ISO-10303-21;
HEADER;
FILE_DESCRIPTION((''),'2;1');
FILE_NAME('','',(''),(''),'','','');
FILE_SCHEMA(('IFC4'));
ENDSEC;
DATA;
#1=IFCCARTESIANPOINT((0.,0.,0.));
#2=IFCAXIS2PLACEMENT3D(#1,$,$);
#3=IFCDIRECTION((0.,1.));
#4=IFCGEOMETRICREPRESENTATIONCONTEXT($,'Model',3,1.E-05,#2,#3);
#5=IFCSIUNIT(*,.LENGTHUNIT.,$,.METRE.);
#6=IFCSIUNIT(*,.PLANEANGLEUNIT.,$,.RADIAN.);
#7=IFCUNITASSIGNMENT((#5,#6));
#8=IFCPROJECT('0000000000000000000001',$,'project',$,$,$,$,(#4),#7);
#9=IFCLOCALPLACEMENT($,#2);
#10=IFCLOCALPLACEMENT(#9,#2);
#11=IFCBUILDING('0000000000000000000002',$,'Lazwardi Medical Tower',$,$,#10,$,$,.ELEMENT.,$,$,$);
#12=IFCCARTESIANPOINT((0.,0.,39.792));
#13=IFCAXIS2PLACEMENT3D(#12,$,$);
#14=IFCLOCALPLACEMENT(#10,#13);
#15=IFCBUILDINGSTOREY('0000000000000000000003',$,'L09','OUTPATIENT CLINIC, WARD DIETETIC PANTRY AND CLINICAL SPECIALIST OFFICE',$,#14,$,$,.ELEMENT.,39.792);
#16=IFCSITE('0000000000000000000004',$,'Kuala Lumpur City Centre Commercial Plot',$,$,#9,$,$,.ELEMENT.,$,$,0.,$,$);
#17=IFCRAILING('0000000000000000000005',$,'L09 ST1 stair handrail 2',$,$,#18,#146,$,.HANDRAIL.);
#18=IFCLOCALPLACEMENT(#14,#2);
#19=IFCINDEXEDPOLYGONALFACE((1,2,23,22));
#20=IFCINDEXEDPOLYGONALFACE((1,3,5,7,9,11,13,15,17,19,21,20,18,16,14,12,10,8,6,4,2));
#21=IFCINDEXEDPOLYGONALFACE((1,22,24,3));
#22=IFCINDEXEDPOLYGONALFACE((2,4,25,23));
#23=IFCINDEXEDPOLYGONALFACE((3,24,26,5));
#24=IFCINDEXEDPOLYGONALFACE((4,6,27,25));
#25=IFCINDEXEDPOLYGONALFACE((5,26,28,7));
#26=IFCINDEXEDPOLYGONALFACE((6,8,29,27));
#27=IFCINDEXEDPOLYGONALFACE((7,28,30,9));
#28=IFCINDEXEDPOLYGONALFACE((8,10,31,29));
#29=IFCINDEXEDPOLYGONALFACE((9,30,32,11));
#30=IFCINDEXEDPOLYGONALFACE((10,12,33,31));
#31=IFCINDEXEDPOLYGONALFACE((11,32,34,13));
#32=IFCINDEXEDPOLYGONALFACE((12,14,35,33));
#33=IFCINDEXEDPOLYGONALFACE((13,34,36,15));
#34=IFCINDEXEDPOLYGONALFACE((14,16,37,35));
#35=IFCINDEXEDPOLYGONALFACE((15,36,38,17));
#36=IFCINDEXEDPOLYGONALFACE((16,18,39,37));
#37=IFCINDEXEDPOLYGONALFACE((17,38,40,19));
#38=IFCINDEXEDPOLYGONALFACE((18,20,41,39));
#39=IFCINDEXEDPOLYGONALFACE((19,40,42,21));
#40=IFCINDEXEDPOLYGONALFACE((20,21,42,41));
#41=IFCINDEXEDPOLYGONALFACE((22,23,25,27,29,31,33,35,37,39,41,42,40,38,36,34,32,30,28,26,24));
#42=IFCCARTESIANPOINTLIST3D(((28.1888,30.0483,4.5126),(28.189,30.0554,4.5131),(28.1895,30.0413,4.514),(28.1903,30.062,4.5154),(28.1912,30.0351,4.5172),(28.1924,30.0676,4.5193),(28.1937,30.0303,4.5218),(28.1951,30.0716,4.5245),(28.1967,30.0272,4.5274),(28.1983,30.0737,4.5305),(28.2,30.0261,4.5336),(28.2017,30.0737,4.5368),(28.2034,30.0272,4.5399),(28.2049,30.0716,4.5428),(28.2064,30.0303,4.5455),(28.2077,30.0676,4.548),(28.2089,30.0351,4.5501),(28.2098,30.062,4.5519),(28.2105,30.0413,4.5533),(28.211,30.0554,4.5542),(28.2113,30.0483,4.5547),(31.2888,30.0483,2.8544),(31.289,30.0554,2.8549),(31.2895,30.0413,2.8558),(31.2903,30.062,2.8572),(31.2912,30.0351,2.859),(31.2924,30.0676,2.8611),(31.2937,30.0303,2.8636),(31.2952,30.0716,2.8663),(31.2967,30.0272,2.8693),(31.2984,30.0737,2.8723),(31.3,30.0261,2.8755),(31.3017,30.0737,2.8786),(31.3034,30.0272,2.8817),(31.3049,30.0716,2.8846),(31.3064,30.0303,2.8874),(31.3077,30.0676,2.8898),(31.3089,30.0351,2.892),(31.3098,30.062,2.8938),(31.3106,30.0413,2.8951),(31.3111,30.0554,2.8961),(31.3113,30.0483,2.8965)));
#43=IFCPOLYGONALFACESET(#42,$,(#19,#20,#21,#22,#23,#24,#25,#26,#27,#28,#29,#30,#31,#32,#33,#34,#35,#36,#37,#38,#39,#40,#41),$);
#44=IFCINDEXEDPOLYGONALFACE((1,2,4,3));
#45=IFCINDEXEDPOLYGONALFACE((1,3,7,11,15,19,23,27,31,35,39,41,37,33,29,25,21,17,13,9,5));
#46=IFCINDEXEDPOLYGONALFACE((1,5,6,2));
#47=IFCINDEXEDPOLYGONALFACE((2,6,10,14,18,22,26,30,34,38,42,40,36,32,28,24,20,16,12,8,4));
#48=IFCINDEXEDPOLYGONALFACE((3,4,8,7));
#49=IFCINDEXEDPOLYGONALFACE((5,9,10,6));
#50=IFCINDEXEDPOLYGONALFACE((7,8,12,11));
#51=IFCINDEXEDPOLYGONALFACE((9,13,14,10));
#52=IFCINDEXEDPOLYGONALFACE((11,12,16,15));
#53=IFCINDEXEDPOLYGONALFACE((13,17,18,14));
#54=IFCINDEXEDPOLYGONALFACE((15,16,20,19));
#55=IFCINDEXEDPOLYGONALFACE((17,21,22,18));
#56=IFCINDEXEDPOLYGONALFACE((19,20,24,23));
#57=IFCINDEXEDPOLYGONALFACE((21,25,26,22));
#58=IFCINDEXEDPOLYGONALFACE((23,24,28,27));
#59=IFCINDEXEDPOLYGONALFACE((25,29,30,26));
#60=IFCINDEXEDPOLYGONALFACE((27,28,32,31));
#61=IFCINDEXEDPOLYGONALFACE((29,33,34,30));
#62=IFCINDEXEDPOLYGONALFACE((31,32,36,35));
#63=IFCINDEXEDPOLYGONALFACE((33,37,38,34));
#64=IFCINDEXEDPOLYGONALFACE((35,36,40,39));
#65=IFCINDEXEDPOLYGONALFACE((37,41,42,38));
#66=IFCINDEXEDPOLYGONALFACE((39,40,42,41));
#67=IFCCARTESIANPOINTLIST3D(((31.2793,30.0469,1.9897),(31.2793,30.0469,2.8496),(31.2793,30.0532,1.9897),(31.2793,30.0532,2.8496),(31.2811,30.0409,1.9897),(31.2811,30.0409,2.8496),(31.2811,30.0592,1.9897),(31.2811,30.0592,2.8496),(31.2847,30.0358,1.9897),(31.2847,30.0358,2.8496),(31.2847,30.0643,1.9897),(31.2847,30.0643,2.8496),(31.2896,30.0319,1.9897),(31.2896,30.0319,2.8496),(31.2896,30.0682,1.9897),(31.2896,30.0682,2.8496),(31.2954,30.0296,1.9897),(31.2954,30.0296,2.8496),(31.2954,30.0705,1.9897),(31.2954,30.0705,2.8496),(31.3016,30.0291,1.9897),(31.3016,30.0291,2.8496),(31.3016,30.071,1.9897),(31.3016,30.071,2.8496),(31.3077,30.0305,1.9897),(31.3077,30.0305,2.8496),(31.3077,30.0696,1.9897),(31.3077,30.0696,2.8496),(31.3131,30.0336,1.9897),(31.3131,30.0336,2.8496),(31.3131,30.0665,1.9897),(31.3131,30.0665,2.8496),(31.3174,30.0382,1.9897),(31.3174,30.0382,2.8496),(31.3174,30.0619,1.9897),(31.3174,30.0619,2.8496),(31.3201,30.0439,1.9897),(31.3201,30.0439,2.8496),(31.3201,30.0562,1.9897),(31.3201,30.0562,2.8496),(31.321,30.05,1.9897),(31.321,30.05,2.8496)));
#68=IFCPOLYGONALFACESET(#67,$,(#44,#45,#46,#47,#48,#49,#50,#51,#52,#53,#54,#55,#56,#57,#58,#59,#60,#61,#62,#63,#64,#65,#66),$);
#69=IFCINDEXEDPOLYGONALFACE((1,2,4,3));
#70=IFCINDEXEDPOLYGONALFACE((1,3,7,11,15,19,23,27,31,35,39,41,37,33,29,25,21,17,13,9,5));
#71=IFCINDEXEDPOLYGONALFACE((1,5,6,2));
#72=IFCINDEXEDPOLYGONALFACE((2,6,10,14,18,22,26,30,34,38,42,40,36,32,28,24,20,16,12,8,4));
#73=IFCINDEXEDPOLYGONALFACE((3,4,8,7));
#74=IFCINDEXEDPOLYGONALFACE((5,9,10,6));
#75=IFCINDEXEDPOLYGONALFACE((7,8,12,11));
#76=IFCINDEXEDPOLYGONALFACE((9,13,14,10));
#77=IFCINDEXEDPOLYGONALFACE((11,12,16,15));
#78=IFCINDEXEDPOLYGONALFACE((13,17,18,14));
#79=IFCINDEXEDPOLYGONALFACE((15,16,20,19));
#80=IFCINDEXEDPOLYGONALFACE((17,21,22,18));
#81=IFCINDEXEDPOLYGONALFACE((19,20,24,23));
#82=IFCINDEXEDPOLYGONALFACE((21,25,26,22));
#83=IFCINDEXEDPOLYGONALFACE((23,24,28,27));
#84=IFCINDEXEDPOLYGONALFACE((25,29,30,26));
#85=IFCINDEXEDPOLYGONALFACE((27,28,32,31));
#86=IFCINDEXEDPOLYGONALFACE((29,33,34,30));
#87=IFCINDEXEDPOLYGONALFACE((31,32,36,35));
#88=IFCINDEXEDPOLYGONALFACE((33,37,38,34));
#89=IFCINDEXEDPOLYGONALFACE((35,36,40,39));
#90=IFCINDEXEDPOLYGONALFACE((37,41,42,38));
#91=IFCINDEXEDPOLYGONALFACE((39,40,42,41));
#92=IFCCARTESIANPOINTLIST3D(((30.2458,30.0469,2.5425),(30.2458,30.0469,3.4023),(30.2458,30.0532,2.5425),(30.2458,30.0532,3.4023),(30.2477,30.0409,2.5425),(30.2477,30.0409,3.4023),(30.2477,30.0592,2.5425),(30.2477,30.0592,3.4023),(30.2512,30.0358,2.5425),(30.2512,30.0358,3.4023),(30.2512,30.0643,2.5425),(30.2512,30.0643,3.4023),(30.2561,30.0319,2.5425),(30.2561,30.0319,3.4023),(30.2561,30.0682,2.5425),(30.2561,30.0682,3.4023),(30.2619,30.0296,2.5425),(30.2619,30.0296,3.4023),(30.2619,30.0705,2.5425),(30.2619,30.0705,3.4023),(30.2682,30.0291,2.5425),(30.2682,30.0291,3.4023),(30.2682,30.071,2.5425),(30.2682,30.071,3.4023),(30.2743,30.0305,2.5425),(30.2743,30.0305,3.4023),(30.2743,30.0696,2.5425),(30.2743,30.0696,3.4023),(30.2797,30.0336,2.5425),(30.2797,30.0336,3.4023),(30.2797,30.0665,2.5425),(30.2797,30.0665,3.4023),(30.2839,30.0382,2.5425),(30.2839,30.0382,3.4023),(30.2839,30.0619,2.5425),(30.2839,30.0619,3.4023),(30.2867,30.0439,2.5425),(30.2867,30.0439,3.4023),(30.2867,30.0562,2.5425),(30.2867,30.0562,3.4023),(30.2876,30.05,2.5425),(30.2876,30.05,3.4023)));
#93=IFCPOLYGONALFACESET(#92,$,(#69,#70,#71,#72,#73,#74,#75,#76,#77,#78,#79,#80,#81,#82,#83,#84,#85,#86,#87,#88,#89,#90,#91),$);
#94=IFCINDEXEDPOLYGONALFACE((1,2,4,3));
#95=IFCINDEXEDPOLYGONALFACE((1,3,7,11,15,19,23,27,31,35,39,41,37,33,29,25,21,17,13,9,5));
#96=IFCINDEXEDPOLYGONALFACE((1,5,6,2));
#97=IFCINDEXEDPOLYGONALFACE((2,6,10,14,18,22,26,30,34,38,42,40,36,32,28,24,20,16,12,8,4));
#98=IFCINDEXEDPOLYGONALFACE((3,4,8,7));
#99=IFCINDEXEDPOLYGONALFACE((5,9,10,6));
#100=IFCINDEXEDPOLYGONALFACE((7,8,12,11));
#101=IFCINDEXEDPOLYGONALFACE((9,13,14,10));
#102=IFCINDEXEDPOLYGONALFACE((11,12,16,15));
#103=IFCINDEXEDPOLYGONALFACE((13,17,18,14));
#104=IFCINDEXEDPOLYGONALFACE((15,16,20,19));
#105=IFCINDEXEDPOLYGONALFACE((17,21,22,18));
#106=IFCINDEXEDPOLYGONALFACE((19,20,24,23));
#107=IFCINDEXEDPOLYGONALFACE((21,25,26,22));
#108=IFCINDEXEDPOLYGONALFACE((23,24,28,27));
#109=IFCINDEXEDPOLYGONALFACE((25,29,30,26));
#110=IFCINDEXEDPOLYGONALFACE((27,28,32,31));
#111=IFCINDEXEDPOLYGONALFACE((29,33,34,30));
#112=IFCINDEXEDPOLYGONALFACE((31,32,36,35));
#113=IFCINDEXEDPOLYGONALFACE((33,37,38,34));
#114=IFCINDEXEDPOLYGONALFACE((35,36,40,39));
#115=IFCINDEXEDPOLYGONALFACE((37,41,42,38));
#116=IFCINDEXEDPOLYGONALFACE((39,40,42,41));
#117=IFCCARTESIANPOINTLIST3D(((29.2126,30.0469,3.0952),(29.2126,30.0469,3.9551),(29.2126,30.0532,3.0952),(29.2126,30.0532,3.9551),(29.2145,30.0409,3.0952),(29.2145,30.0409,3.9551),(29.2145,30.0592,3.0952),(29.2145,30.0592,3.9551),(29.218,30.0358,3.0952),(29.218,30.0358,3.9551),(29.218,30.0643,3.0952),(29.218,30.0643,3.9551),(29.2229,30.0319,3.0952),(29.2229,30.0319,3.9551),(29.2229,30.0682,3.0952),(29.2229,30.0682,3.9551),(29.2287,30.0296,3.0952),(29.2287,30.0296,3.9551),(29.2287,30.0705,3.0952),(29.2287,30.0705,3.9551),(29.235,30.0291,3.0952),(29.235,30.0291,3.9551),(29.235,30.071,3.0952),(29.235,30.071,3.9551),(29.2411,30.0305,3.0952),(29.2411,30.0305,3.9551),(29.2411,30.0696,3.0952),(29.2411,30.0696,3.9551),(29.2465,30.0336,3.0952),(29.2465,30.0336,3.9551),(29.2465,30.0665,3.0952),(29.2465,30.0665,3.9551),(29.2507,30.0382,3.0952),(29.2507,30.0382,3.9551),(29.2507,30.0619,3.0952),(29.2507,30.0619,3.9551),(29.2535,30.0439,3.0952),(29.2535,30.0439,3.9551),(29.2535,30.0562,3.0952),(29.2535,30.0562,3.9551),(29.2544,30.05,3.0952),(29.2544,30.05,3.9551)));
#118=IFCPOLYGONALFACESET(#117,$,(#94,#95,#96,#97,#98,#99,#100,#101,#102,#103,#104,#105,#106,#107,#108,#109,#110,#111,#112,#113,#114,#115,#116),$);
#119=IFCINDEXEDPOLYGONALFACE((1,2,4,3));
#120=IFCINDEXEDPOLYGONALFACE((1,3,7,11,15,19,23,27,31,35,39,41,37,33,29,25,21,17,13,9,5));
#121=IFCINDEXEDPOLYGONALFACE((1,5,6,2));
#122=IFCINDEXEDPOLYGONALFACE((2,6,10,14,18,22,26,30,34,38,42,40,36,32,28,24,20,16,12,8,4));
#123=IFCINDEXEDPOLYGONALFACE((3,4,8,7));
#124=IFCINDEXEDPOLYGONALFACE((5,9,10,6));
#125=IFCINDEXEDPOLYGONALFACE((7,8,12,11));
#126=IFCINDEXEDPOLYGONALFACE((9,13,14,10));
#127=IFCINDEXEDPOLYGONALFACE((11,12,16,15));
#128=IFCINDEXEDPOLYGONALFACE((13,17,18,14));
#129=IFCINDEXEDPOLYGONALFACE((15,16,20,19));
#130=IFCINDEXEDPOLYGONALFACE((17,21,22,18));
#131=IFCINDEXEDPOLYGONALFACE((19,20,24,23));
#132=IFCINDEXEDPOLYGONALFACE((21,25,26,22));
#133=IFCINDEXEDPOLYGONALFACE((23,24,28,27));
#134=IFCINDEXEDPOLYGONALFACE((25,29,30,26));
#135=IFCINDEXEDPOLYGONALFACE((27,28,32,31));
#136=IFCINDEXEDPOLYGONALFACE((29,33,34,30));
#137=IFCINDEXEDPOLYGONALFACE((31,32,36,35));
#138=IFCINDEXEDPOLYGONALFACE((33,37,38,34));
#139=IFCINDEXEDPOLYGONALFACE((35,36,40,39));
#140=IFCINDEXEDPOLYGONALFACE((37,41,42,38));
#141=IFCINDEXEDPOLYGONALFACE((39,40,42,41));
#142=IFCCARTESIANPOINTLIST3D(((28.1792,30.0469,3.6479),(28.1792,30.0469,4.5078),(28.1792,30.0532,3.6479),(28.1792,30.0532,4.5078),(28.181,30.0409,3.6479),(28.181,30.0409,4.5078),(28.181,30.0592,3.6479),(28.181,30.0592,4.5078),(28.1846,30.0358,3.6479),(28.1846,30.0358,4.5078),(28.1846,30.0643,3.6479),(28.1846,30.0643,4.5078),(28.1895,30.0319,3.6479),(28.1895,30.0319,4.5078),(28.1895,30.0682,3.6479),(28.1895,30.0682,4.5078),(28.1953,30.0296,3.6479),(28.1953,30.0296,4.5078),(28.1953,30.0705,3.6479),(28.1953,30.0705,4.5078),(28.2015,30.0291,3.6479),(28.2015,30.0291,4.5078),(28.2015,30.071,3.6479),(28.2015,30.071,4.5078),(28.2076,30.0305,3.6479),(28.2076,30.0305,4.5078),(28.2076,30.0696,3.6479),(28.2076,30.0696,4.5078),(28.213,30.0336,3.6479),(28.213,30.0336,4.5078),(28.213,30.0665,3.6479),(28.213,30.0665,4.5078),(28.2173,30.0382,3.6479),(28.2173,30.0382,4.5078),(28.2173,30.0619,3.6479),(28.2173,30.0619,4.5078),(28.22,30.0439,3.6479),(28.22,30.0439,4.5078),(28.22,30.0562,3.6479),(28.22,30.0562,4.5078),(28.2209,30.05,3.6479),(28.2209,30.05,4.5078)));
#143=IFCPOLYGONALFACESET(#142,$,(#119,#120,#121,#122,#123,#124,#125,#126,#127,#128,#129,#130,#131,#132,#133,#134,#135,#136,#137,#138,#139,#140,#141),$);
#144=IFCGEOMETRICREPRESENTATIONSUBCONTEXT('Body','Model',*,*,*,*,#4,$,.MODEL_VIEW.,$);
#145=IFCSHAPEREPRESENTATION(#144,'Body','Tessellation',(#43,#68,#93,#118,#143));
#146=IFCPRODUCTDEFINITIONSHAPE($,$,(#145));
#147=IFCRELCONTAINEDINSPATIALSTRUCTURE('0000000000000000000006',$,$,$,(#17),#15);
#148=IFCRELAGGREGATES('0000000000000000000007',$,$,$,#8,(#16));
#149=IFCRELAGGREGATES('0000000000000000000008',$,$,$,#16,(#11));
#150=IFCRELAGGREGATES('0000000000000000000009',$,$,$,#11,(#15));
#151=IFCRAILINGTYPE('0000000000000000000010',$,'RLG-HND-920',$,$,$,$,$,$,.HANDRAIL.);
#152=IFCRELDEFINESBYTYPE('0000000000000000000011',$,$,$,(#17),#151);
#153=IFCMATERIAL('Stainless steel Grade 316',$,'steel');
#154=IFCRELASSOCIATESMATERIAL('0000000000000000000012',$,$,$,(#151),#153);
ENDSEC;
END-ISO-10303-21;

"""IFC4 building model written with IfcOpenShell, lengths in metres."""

from ifc_helpers import new_model, si_unit, direction, frame, origin, origin_2d, place, context, subcontext, project, spatial, circle, extrude, material, type_object, element, save


model = new_model("IFC4")

# Units and contexts
model_context = context("Model", 3, precision=1e-05, world=origin(), true_north=direction((0.0, 1.0)))
body_context = subcontext(model_context, "Body", "Model", "MODEL_VIEW")
ifc_project = project(units=[si_unit("LENGTHUNIT", "METRE"), si_unit("PLANEANGLEUNIT", "RADIAN")], contexts=[model_context])

# Site, building, storey
site_placement = place(None, origin())
site = spatial("IfcSite", under=ifc_project, at=site_placement, Name="Kuala Lumpur City Centre Commercial Plot", CompositionType="ELEMENT", RefElevation=0.0)
building_placement = place(site_placement, origin())
building = spatial("IfcBuilding", under=site, at=building_placement, Name="Lazwardi Medical Tower", CompositionType="ELEMENT")
storey_placement = place(building_placement, frame((0.0, 0.0, 39.792)))
storey = spatial("IfcBuildingStorey", under=building, at=storey_placement, Name="L09", Description="OUTPATIENT CLINIC, WARD DIETETIC PANTRY AND CLINICAL SPECIALIST OFFICE", CompositionType="ELEMENT", Elevation=39.792)

# Railing
ifc_material_1 = material(Name="Stainless steel Grade 316", Category="steel")
railing_type_1 = type_object("IfcRailingType", Name="RLG-HND-920", PredefinedType="HANDRAIL", material=ifc_material_1)
railing_1_placement = place(storey_placement, frame((31.3, 30.05, 1.9897)))
element("IfcRailing", 1, at=railing_1_placement, inside=storey, type_object=railing_type_1, Name="L09 ST1 stair handrail 2", PredefinedType="HANDRAIL", context=body_context, shape_type="SweptSolid", body=[
    extrude(circle(Radius=0.0239, at=origin_2d()), frame((0.0, 0.0, 0.8857), z_axis=(-0.881783, 0.0, 0.471655), x_axis=(0.0, -1.0, 0.0)), (0.0, 0.0, 1.0), 3.5156),
    extrude(circle(Radius=0.021, at=origin_2d()), origin(), (0.0, 0.0, 1.0), 0.8599),
    extrude(circle(Radius=0.021, at=origin_2d()), frame((-1.0334, 0.0, 0.5527)), (0.0, 0.0, 1.0), 0.8599),
    extrude(circle(Radius=0.021, at=origin_2d()), frame((-2.0667, 0.0, 1.1055)), (0.0, 0.0, 1.0), 0.8599),
    extrude(circle(Radius=0.021, at=origin_2d()), frame((-3.1001, 0.0, 1.6582)), (0.0, 0.0, 1.0), 0.8599),
])

save(model, "model.ifc")
